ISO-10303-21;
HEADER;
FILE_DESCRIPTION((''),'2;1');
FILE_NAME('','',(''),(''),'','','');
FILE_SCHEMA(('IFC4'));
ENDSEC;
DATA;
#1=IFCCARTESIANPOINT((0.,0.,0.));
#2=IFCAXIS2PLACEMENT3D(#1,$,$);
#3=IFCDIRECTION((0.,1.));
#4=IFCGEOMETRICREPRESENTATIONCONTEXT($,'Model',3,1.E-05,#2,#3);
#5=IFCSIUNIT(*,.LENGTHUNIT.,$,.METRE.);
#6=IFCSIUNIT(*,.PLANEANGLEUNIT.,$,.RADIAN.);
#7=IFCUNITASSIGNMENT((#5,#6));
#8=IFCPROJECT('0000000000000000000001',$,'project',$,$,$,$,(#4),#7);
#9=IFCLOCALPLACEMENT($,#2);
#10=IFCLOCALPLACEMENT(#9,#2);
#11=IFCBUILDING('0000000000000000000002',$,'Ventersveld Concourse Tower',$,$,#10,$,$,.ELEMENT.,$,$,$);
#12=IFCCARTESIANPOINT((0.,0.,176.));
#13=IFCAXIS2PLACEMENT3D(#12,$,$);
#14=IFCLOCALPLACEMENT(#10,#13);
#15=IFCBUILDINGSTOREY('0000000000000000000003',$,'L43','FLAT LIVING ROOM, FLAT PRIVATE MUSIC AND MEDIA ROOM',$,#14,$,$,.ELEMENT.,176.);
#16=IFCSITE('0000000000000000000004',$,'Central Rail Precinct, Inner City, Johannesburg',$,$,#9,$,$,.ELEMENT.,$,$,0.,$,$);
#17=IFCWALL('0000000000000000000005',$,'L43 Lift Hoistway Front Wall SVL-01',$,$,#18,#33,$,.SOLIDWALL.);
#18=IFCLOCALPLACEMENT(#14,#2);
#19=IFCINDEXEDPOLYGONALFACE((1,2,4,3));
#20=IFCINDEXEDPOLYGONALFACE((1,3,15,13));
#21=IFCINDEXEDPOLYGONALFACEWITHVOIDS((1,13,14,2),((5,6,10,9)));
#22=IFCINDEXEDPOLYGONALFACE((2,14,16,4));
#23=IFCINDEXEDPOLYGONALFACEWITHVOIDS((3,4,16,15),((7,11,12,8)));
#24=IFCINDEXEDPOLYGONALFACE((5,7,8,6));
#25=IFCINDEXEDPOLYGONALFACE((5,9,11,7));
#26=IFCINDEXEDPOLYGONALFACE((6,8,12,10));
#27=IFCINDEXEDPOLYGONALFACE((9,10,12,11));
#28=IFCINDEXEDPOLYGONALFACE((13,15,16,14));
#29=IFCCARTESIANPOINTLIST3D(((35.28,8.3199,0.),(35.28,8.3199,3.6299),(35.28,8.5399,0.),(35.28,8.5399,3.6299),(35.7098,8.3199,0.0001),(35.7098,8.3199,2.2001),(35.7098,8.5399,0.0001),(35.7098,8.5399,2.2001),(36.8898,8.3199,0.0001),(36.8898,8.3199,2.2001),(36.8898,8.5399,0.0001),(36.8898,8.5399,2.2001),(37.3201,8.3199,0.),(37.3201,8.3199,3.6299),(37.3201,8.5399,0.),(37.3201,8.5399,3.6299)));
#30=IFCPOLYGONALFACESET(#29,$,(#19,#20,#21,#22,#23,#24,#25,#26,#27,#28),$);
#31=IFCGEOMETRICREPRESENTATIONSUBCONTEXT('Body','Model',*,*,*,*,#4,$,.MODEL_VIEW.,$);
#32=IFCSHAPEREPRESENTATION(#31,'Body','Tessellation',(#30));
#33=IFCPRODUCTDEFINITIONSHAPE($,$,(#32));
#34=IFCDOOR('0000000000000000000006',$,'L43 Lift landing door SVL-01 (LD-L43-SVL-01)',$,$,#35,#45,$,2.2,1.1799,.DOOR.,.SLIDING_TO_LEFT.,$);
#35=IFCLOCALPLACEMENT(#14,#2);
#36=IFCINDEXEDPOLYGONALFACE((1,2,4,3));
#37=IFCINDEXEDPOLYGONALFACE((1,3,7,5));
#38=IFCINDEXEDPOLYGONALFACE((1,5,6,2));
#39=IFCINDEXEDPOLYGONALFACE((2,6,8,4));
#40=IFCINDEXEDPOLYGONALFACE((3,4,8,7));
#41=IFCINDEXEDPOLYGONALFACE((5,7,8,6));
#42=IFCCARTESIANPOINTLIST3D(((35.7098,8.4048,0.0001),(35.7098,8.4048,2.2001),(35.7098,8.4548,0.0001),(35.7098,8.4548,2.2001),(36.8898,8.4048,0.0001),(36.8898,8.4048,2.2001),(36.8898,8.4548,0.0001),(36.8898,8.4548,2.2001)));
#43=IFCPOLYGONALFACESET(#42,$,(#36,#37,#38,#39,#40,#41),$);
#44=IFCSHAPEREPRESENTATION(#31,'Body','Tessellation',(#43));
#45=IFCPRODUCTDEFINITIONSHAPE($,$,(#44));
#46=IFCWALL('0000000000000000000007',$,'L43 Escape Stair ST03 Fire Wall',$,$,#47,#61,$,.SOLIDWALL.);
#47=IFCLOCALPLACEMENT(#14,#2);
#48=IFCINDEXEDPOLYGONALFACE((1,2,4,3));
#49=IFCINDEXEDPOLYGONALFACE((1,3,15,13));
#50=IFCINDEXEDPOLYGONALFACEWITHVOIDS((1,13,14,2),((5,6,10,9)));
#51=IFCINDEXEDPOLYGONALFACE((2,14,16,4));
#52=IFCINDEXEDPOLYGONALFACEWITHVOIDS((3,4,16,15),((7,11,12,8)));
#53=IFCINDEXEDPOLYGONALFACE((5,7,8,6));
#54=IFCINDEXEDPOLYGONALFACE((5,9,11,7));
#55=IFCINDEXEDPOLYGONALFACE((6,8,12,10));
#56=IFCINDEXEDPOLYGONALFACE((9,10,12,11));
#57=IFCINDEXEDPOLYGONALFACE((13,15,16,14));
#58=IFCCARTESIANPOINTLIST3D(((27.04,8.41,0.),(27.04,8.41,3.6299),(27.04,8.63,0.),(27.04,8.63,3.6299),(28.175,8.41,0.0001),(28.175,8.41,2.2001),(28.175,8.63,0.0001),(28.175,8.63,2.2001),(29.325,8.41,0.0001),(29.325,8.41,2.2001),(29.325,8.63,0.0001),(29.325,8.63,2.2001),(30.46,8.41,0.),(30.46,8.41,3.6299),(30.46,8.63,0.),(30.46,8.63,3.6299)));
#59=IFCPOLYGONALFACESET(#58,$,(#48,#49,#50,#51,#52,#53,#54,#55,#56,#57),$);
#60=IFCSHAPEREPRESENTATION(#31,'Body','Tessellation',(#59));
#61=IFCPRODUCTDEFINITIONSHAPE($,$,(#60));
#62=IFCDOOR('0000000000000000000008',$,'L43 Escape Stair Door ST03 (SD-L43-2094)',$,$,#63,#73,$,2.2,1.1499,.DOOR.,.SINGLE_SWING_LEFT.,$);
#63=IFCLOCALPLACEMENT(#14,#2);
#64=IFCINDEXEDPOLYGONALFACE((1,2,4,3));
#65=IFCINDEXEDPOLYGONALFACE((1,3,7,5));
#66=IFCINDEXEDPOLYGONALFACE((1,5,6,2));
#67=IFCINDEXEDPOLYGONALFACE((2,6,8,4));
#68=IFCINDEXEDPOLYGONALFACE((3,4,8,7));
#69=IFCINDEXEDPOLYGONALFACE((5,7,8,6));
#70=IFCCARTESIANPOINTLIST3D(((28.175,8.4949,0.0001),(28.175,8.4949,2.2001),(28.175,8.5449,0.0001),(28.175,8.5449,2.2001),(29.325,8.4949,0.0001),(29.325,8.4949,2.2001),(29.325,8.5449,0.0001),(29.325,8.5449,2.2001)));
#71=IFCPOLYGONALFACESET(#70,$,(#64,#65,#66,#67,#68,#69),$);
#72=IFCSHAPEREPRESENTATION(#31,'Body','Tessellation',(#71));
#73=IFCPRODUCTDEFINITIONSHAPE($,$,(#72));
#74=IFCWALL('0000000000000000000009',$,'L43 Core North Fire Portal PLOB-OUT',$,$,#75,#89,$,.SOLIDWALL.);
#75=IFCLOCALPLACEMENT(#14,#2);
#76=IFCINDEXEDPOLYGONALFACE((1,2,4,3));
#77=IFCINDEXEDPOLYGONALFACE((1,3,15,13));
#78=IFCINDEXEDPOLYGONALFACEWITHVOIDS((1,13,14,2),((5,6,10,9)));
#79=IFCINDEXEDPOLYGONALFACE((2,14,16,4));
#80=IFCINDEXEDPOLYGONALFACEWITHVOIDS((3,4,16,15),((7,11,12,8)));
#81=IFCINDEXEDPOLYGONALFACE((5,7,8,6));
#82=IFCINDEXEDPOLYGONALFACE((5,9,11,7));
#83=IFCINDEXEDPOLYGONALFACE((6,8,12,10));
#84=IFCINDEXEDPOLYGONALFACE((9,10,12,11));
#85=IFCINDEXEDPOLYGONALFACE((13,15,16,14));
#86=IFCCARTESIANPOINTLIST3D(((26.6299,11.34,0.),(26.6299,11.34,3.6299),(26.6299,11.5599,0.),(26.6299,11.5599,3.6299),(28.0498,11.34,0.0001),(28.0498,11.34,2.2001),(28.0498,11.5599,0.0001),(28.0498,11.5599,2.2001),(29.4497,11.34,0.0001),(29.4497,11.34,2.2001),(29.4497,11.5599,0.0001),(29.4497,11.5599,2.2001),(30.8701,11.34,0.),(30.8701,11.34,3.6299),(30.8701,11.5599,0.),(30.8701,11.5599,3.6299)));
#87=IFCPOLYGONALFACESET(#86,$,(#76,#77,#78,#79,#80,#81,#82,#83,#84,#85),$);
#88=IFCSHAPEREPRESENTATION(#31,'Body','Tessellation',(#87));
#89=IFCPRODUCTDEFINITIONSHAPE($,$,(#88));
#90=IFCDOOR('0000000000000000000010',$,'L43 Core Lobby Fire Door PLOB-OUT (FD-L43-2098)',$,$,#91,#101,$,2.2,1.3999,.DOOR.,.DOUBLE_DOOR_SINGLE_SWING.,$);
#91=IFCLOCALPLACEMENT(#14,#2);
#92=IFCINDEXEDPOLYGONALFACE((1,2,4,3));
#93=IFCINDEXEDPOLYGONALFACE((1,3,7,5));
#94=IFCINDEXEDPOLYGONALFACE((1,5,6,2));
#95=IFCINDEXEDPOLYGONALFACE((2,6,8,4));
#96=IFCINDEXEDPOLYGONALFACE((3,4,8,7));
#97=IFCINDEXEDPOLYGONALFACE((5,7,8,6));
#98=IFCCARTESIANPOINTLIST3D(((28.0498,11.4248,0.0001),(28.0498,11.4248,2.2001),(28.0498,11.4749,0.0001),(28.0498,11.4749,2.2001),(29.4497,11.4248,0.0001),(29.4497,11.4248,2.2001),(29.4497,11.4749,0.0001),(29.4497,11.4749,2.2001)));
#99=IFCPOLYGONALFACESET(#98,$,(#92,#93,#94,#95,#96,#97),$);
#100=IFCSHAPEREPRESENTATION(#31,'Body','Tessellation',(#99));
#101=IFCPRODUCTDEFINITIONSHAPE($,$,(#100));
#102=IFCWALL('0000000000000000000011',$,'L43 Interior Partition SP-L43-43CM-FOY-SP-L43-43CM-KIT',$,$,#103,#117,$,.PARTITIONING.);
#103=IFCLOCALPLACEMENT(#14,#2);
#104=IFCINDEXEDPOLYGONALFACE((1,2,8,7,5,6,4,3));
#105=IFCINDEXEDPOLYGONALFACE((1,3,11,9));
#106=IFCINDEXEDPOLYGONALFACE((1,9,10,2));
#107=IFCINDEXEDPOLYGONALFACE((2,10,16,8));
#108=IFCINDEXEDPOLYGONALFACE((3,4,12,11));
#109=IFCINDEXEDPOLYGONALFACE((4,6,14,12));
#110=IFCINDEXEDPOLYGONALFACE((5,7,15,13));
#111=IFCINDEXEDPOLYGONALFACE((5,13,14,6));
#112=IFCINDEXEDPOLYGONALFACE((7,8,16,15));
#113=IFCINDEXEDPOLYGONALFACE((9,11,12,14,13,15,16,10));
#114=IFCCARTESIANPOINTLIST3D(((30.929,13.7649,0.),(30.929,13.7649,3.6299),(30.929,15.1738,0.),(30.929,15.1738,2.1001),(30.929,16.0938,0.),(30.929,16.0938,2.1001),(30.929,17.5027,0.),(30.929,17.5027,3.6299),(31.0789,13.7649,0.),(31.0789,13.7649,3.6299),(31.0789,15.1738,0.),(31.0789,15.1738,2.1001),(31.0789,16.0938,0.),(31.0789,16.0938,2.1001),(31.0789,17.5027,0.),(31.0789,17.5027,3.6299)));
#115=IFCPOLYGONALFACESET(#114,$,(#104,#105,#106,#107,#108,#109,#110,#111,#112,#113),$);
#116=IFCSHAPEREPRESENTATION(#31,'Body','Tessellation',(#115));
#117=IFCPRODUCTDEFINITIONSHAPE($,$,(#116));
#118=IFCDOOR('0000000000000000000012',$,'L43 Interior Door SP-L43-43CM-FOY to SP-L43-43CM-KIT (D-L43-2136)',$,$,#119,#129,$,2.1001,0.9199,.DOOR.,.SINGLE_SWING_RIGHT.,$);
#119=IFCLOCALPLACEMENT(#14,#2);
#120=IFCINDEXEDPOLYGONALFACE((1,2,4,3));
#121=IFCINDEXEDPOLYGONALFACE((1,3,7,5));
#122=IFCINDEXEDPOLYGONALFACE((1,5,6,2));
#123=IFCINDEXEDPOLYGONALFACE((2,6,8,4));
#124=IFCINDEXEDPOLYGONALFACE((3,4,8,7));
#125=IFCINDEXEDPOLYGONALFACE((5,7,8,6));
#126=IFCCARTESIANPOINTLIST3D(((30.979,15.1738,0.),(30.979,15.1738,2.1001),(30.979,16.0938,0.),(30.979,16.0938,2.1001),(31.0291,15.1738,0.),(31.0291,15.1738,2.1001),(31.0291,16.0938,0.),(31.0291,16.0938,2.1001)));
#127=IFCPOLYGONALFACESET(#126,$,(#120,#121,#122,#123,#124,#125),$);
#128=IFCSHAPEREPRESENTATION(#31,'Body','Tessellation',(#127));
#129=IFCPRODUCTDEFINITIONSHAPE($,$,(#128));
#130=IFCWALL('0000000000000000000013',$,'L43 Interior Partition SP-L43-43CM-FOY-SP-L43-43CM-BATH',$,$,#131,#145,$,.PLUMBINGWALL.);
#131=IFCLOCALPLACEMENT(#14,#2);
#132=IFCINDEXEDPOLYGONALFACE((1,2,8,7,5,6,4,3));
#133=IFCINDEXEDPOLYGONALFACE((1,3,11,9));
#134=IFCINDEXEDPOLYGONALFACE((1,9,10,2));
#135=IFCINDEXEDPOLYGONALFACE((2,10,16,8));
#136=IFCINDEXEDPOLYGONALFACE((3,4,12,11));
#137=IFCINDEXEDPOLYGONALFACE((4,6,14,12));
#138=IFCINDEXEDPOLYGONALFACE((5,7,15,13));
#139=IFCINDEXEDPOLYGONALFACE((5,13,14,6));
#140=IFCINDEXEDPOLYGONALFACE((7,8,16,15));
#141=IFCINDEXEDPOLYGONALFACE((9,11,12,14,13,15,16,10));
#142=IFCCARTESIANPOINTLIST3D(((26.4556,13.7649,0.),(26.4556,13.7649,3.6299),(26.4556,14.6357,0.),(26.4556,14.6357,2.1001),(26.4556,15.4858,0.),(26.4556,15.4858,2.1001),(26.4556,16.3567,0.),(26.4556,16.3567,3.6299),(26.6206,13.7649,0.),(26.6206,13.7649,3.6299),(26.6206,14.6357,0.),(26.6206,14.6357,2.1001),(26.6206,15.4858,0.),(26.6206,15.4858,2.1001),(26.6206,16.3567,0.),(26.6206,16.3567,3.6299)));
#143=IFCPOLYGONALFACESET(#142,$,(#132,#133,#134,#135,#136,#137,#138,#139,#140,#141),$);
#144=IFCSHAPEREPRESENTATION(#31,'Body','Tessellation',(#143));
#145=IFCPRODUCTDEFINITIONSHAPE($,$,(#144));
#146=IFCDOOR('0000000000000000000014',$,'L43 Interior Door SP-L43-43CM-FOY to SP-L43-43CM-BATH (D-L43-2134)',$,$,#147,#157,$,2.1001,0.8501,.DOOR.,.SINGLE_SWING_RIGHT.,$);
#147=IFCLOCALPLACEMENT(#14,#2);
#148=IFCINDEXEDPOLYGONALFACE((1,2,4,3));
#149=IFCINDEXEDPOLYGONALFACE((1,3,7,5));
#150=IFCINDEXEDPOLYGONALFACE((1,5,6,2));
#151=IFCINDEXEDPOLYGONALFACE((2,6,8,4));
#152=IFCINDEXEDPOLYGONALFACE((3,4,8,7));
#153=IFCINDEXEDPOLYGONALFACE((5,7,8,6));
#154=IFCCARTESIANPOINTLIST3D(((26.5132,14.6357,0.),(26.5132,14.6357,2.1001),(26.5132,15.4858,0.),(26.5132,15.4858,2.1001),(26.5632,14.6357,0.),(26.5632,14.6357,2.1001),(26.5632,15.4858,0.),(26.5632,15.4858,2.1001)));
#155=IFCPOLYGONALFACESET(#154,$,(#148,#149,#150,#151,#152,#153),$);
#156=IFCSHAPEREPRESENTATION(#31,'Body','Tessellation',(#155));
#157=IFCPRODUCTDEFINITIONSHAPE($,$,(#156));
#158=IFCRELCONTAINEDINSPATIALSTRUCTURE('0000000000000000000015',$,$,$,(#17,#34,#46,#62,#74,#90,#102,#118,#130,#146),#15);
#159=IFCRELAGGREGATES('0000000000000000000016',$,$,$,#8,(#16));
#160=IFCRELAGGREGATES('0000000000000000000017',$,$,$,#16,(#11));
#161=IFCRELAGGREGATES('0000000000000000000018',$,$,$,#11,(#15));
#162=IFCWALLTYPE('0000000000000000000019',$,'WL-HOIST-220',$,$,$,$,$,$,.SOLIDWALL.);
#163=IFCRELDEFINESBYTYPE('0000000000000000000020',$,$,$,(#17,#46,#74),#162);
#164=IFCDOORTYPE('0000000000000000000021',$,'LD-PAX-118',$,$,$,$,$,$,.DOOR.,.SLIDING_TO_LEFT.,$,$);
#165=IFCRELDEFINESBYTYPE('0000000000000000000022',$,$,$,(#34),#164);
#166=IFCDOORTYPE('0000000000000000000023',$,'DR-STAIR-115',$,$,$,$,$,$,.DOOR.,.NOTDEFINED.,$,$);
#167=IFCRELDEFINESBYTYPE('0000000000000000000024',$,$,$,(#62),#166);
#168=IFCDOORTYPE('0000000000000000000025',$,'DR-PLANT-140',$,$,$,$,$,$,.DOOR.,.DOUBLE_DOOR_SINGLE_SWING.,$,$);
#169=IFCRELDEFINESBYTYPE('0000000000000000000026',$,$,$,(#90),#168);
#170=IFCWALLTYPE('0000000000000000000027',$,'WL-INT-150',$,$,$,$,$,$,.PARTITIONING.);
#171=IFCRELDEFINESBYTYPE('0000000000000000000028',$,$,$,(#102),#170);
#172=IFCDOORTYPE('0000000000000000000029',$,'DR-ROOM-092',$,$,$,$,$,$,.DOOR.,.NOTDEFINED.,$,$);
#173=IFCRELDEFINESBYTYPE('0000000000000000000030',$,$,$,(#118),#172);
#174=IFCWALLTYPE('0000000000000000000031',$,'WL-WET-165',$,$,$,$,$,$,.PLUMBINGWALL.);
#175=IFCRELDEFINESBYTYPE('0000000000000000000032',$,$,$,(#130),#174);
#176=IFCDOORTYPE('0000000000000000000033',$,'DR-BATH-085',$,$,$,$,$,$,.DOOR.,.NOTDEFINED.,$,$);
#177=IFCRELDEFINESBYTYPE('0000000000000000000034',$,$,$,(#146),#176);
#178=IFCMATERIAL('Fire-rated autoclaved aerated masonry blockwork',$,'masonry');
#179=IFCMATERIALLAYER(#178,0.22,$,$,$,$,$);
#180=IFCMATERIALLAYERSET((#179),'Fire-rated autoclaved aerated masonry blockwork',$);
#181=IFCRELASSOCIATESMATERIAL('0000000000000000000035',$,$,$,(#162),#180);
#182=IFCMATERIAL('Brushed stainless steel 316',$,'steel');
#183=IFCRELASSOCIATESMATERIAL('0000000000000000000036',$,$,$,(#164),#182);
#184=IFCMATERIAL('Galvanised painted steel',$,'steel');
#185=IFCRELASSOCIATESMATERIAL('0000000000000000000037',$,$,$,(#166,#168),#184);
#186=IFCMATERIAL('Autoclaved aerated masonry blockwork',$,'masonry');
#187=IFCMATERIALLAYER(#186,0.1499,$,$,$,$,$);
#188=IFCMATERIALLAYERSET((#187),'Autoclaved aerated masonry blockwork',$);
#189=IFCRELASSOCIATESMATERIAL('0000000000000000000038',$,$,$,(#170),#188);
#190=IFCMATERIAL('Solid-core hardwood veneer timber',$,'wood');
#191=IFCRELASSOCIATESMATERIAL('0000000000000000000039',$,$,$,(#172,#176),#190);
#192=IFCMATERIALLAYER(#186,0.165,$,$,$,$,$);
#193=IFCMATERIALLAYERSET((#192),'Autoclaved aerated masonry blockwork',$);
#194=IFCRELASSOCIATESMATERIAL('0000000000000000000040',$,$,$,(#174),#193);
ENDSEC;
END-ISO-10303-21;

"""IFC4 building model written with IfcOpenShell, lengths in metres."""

from ifc_helpers import new_model, si_unit, direction, frame, frame_2d, origin, place, context, subcontext, project, spatial, rectangle, extrude, material, layer, layer_set, type_object, element, fill, save


model = new_model("IFC4")

# Units and contexts
model_context = context("Model", 3, precision=1e-05, world=origin(), true_north=direction((0.0, 1.0)))
body_context = subcontext(model_context, "Body", "Model", "MODEL_VIEW")
ifc_project = project(units=[si_unit("LENGTHUNIT", "METRE"), si_unit("PLANEANGLEUNIT", "RADIAN")], contexts=[model_context])

# Site, building, storey
site_placement = place(None, origin())
site = spatial("IfcSite", under=ifc_project, at=site_placement, Name="Central Rail Precinct, Inner City, Johannesburg", CompositionType="ELEMENT", RefElevation=0.0)
building_placement = place(site_placement, origin())
building = spatial("IfcBuilding", under=site, at=building_placement, Name="Ventersveld Concourse Tower", CompositionType="ELEMENT")
storey_placement = place(building_placement, frame((0.0, 0.0, 176.0)))
storey = spatial("IfcBuildingStorey", under=building, at=storey_placement, Name="L43", Description="FLAT LIVING ROOM, FLAT PRIVATE MUSIC AND MEDIA ROOM", CompositionType="ELEMENT", Elevation=176.0)

# Shared definitions
ifc_material_1 = material(Name="Fire-rated autoclaved aerated masonry blockwork", Category="masonry")
ifc_layer_1 = layer(ifc_material_1, 0.22)
ifc_layer_set_1 = layer_set([ifc_layer_1], Name="Fire-rated autoclaved aerated masonry blockwork")
wall_type_1 = type_object("IfcWallType", Name="WL-HOIST-220", PredefinedType="SOLIDWALL", material=ifc_layer_set_1)

# Walls, openings, doors
wall_1_placement = place(storey_placement, frame((35.28, 8.4299, 0.0), z_axis=(0.0, 0.0, 1.0), x_axis=(1.0, 0.0, 0.0)))
wall_1 = element("IfcWall", 1, at=wall_1_placement, inside=storey, type_object=wall_type_1, Name="L43 Lift Hoistway Front Wall SVL-01", PredefinedType="SOLIDWALL", context=body_context, shape_type="SweptSolid", body=[
    extrude(rectangle(XDim=2.04, YDim=0.22, at=frame_2d((1.02, 0.0))), origin(), (0.0, 0.0, 1.0), 3.6299),
])
opening_1_placement = place(wall_1_placement, frame((0.4299, 0.0, 0.0)))
opening_1 = element("IfcOpeningElement", 2, at=opening_1_placement, cuts=wall_1, PredefinedType="OPENING", context=body_context, shape_type="SweptSolid", body=[
    extrude(rectangle(XDim=1.1799, YDim=2.2, at=frame_2d((0.5898, 1.1001))), frame((0.0, 0.1201, 0.0), z_axis=(0.0, -1.0, 0.0), x_axis=(1.0, 0.0, 0.0)), (0.0, 0.0, 1.0), 0.24),
])
ifc_material_2 = material(Name="Brushed stainless steel 316", Category="steel")
door_type_1 = type_object("IfcDoorType", Name="LD-PAX-118", OperationType="SLIDING_TO_LEFT", PredefinedType="DOOR", material=ifc_material_2)
door_1_placement = place(opening_1_placement, origin())
door_1 = element("IfcDoor", 3, at=door_1_placement, inside=storey, type_object=door_type_1, Name="L43 Lift landing door SVL-01 (LD-L43-SVL-01)", OperationType="SLIDING_TO_LEFT", OverallHeight=2.2, OverallWidth=1.1799, PredefinedType="DOOR", context=body_context, shape_type="SweptSolid", body=[
    extrude(rectangle(XDim=1.1799, YDim=2.2, at=frame_2d((0.5898, 1.1001))), frame((0.0, 0.0249, 0.0), z_axis=(0.0, -1.0, 0.0), x_axis=(1.0, 0.0, 0.0)), (0.0, 0.0, 1.0), 0.05),
])
fill(opening_1, door_1)
wall_2_placement = place(storey_placement, frame((27.04, 8.52, 0.0), z_axis=(0.0, 0.0, 1.0), x_axis=(1.0, 0.0, 0.0)))
wall_2 = element("IfcWall", 4, at=wall_2_placement, inside=storey, type_object=wall_type_1, Name="L43 Escape Stair ST03 Fire Wall", PredefinedType="SOLIDWALL", context=body_context, shape_type="SweptSolid", body=[
    extrude(rectangle(XDim=3.4199, YDim=0.22, at=frame_2d((1.71, 0.0))), origin(), (0.0, 0.0, 1.0), 3.6299),
])
opening_2_placement = place(wall_2_placement, frame((1.135, 0.0, 0.0)))
opening_2 = element("IfcOpeningElement", 5, at=opening_2_placement, cuts=wall_2, PredefinedType="OPENING", context=body_context, shape_type="SweptSolid", body=[
    extrude(rectangle(XDim=1.1499, YDim=2.2, at=frame_2d((0.575, 1.1001))), frame((0.0, 0.1201, 0.0), z_axis=(0.0, -1.0, 0.0), x_axis=(1.0, 0.0, 0.0)), (0.0, 0.0, 1.0), 0.24),
])
ifc_material_3 = material(Name="Galvanised painted steel", Category="steel")
door_type_2 = type_object("IfcDoorType", Name="DR-STAIR-115", OperationType="NOTDEFINED", PredefinedType="DOOR", material=ifc_material_3)
door_2_placement = place(opening_2_placement, origin())
door_2 = element("IfcDoor", 6, at=door_2_placement, inside=storey, type_object=door_type_2, Name="L43 Escape Stair Door ST03 (SD-L43-2094)", OperationType="SINGLE_SWING_LEFT", OverallHeight=2.2, OverallWidth=1.1499, PredefinedType="DOOR", context=body_context, shape_type="SweptSolid", body=[
    extrude(rectangle(XDim=1.1499, YDim=2.2, at=frame_2d((0.575, 1.1001))), frame((0.0, 0.0249, 0.0), z_axis=(0.0, -1.0, 0.0), x_axis=(1.0, 0.0, 0.0)), (0.0, 0.0, 1.0), 0.05),
])
fill(opening_2, door_2)
wall_3_placement = place(storey_placement, frame((26.6299, 11.45, 0.0), z_axis=(0.0, 0.0, 1.0), x_axis=(1.0, 0.0, 0.0)))
wall_3 = element("IfcWall", 7, at=wall_3_placement, inside=storey, type_object=wall_type_1, Name="L43 Core North Fire Portal PLOB-OUT", PredefinedType="SOLIDWALL", context=body_context, shape_type="SweptSolid", body=[
    extrude(rectangle(XDim=4.2402, YDim=0.22, at=frame_2d((2.1201, 0.0))), origin(), (0.0, 0.0, 1.0), 3.6299),
])
opening_3_placement = place(wall_3_placement, frame((1.4199, 0.0, 0.0)))
opening_3 = element("IfcOpeningElement", 8, at=opening_3_placement, cuts=wall_3, PredefinedType="OPENING", context=body_context, shape_type="SweptSolid", body=[
    extrude(rectangle(XDim=1.3999, YDim=2.2, at=frame_2d((0.7, 1.1001))), frame((0.0, 0.1201, 0.0), z_axis=(0.0, -1.0, 0.0), x_axis=(1.0, 0.0, 0.0)), (0.0, 0.0, 1.0), 0.24),
])
door_type_3 = type_object("IfcDoorType", Name="DR-PLANT-140", OperationType="DOUBLE_DOOR_SINGLE_SWING", PredefinedType="DOOR", material=ifc_material_3)
door_3_placement = place(opening_3_placement, origin())
door_3 = element("IfcDoor", 9, at=door_3_placement, inside=storey, type_object=door_type_3, Name="L43 Core Lobby Fire Door PLOB-OUT (FD-L43-2098)", OperationType="DOUBLE_DOOR_SINGLE_SWING", OverallHeight=2.2, OverallWidth=1.3999, PredefinedType="DOOR", context=body_context, shape_type="SweptSolid", body=[
    extrude(rectangle(XDim=1.3999, YDim=2.2, at=frame_2d((0.7, 1.1001))), frame((0.0, 0.0249, 0.0), z_axis=(0.0, -1.0, 0.0), x_axis=(1.0, 0.0, 0.0)), (0.0, 0.0, 1.0), 0.05),
])
fill(opening_3, door_3)
ifc_material_4 = material(Name="Autoclaved aerated masonry blockwork", Category="masonry")
ifc_layer_2 = layer(ifc_material_4, 0.1499)
ifc_layer_set_2 = layer_set([ifc_layer_2], Name="Autoclaved aerated masonry blockwork")
wall_type_2 = type_object("IfcWallType", Name="WL-INT-150", PredefinedType="PARTITIONING", material=ifc_layer_set_2)
wall_4_placement = place(storey_placement, frame((31.0039, 13.7649, 0.0), z_axis=(0.0, 0.0, 1.0), x_axis=(0.0, 1.0, 0.0)))
wall_4 = element("IfcWall", 10, at=wall_4_placement, inside=storey, type_object=wall_type_2, Name="L43 Interior Partition SP-L43-43CM-FOY-SP-L43-43CM-KIT", PredefinedType="PARTITIONING", context=body_context, shape_type="SweptSolid", body=[
    extrude(rectangle(XDim=3.7378, YDim=0.1499, at=frame_2d((1.8689, 0.0))), origin(), (0.0, 0.0, 1.0), 3.6299),
])
opening_4_placement = place(wall_4_placement, frame((1.4089, 0.0, 0.0)))
opening_4 = element("IfcOpeningElement", 11, at=opening_4_placement, cuts=wall_4, PredefinedType="OPENING", context=body_context, shape_type="SweptSolid", body=[
    extrude(rectangle(XDim=0.9199, YDim=2.1001, at=frame_2d((0.46, 1.05))), frame((0.0, 0.085, 0.0), z_axis=(0.0, -1.0, 0.0), x_axis=(1.0, 0.0, 0.0)), (0.0, 0.0, 1.0), 0.1699),
])
ifc_material_5 = material(Name="Solid-core hardwood veneer timber", Category="wood")
door_type_4 = type_object("IfcDoorType", Name="DR-ROOM-092", OperationType="NOTDEFINED", PredefinedType="DOOR", material=ifc_material_5)
door_4_placement = place(opening_4_placement, origin())
door_4 = element("IfcDoor", 12, at=door_4_placement, inside=storey, type_object=door_type_4, Name="L43 Interior Door SP-L43-43CM-FOY to SP-L43-43CM-KIT (D-L43-2136)", OperationType="SINGLE_SWING_RIGHT", OverallHeight=2.1001, OverallWidth=0.9199, PredefinedType="DOOR", context=body_context, shape_type="SweptSolid", body=[
    extrude(rectangle(XDim=0.9199, YDim=2.1001, at=frame_2d((0.46, 1.05))), frame((0.0, 0.0249, 0.0), z_axis=(0.0, -1.0, 0.0), x_axis=(1.0, 0.0, 0.0)), (0.0, 0.0, 1.0), 0.05),
])
fill(opening_4, door_4)
ifc_layer_3 = layer(ifc_material_4, 0.165)
ifc_layer_set_3 = layer_set([ifc_layer_3], Name="Autoclaved aerated masonry blockwork")
wall_type_3 = type_object("IfcWallType", Name="WL-WET-165", PredefinedType="PLUMBINGWALL", material=ifc_layer_set_3)
wall_5_placement = place(storey_placement, frame((26.5381, 13.7649, 0.0), z_axis=(0.0, 0.0, 1.0), x_axis=(0.0, 1.0, 0.0)))
wall_5 = element("IfcWall", 13, at=wall_5_placement, inside=storey, type_object=wall_type_3, Name="L43 Interior Partition SP-L43-43CM-FOY-SP-L43-43CM-BATH", PredefinedType="PLUMBINGWALL", context=body_context, shape_type="SweptSolid", body=[
    extrude(rectangle(XDim=2.5918, YDim=0.165, at=frame_2d((1.2959, 0.0))), origin(), (0.0, 0.0, 1.0), 3.6299),
])
opening_5_placement = place(wall_5_placement, frame((0.8708, 0.0, 0.0)))
opening_5 = element("IfcOpeningElement", 14, at=opening_5_placement, cuts=wall_5, PredefinedType="OPENING", context=body_context, shape_type="SweptSolid", body=[
    extrude(rectangle(XDim=0.8501, YDim=2.1001, at=frame_2d((0.425, 1.05))), frame((0.0, 0.0925, 0.0), z_axis=(0.0, -1.0, 0.0), x_axis=(1.0, 0.0, 0.0)), (0.0, 0.0, 1.0), 0.1851),
])
door_type_5 = type_object("IfcDoorType", Name="DR-BATH-085", OperationType="NOTDEFINED", PredefinedType="DOOR", material=ifc_material_5)
door_5_placement = place(opening_5_placement, origin())
door_5 = element("IfcDoor", 15, at=door_5_placement, inside=storey, type_object=door_type_5, Name="L43 Interior Door SP-L43-43CM-FOY to SP-L43-43CM-BATH (D-L43-2134)", OperationType="SINGLE_SWING_RIGHT", OverallHeight=2.1001, OverallWidth=0.8501, PredefinedType="DOOR", context=body_context, shape_type="SweptSolid", body=[
    extrude(rectangle(XDim=0.8501, YDim=2.1001, at=frame_2d((0.425, 1.05))), frame((0.0, 0.0249, 0.0), z_axis=(0.0, -1.0, 0.0), x_axis=(1.0, 0.0, 0.0)), (0.0, 0.0, 1.0), 0.05),
])
fill(opening_5, door_5)

save(model, "model.ifc")
